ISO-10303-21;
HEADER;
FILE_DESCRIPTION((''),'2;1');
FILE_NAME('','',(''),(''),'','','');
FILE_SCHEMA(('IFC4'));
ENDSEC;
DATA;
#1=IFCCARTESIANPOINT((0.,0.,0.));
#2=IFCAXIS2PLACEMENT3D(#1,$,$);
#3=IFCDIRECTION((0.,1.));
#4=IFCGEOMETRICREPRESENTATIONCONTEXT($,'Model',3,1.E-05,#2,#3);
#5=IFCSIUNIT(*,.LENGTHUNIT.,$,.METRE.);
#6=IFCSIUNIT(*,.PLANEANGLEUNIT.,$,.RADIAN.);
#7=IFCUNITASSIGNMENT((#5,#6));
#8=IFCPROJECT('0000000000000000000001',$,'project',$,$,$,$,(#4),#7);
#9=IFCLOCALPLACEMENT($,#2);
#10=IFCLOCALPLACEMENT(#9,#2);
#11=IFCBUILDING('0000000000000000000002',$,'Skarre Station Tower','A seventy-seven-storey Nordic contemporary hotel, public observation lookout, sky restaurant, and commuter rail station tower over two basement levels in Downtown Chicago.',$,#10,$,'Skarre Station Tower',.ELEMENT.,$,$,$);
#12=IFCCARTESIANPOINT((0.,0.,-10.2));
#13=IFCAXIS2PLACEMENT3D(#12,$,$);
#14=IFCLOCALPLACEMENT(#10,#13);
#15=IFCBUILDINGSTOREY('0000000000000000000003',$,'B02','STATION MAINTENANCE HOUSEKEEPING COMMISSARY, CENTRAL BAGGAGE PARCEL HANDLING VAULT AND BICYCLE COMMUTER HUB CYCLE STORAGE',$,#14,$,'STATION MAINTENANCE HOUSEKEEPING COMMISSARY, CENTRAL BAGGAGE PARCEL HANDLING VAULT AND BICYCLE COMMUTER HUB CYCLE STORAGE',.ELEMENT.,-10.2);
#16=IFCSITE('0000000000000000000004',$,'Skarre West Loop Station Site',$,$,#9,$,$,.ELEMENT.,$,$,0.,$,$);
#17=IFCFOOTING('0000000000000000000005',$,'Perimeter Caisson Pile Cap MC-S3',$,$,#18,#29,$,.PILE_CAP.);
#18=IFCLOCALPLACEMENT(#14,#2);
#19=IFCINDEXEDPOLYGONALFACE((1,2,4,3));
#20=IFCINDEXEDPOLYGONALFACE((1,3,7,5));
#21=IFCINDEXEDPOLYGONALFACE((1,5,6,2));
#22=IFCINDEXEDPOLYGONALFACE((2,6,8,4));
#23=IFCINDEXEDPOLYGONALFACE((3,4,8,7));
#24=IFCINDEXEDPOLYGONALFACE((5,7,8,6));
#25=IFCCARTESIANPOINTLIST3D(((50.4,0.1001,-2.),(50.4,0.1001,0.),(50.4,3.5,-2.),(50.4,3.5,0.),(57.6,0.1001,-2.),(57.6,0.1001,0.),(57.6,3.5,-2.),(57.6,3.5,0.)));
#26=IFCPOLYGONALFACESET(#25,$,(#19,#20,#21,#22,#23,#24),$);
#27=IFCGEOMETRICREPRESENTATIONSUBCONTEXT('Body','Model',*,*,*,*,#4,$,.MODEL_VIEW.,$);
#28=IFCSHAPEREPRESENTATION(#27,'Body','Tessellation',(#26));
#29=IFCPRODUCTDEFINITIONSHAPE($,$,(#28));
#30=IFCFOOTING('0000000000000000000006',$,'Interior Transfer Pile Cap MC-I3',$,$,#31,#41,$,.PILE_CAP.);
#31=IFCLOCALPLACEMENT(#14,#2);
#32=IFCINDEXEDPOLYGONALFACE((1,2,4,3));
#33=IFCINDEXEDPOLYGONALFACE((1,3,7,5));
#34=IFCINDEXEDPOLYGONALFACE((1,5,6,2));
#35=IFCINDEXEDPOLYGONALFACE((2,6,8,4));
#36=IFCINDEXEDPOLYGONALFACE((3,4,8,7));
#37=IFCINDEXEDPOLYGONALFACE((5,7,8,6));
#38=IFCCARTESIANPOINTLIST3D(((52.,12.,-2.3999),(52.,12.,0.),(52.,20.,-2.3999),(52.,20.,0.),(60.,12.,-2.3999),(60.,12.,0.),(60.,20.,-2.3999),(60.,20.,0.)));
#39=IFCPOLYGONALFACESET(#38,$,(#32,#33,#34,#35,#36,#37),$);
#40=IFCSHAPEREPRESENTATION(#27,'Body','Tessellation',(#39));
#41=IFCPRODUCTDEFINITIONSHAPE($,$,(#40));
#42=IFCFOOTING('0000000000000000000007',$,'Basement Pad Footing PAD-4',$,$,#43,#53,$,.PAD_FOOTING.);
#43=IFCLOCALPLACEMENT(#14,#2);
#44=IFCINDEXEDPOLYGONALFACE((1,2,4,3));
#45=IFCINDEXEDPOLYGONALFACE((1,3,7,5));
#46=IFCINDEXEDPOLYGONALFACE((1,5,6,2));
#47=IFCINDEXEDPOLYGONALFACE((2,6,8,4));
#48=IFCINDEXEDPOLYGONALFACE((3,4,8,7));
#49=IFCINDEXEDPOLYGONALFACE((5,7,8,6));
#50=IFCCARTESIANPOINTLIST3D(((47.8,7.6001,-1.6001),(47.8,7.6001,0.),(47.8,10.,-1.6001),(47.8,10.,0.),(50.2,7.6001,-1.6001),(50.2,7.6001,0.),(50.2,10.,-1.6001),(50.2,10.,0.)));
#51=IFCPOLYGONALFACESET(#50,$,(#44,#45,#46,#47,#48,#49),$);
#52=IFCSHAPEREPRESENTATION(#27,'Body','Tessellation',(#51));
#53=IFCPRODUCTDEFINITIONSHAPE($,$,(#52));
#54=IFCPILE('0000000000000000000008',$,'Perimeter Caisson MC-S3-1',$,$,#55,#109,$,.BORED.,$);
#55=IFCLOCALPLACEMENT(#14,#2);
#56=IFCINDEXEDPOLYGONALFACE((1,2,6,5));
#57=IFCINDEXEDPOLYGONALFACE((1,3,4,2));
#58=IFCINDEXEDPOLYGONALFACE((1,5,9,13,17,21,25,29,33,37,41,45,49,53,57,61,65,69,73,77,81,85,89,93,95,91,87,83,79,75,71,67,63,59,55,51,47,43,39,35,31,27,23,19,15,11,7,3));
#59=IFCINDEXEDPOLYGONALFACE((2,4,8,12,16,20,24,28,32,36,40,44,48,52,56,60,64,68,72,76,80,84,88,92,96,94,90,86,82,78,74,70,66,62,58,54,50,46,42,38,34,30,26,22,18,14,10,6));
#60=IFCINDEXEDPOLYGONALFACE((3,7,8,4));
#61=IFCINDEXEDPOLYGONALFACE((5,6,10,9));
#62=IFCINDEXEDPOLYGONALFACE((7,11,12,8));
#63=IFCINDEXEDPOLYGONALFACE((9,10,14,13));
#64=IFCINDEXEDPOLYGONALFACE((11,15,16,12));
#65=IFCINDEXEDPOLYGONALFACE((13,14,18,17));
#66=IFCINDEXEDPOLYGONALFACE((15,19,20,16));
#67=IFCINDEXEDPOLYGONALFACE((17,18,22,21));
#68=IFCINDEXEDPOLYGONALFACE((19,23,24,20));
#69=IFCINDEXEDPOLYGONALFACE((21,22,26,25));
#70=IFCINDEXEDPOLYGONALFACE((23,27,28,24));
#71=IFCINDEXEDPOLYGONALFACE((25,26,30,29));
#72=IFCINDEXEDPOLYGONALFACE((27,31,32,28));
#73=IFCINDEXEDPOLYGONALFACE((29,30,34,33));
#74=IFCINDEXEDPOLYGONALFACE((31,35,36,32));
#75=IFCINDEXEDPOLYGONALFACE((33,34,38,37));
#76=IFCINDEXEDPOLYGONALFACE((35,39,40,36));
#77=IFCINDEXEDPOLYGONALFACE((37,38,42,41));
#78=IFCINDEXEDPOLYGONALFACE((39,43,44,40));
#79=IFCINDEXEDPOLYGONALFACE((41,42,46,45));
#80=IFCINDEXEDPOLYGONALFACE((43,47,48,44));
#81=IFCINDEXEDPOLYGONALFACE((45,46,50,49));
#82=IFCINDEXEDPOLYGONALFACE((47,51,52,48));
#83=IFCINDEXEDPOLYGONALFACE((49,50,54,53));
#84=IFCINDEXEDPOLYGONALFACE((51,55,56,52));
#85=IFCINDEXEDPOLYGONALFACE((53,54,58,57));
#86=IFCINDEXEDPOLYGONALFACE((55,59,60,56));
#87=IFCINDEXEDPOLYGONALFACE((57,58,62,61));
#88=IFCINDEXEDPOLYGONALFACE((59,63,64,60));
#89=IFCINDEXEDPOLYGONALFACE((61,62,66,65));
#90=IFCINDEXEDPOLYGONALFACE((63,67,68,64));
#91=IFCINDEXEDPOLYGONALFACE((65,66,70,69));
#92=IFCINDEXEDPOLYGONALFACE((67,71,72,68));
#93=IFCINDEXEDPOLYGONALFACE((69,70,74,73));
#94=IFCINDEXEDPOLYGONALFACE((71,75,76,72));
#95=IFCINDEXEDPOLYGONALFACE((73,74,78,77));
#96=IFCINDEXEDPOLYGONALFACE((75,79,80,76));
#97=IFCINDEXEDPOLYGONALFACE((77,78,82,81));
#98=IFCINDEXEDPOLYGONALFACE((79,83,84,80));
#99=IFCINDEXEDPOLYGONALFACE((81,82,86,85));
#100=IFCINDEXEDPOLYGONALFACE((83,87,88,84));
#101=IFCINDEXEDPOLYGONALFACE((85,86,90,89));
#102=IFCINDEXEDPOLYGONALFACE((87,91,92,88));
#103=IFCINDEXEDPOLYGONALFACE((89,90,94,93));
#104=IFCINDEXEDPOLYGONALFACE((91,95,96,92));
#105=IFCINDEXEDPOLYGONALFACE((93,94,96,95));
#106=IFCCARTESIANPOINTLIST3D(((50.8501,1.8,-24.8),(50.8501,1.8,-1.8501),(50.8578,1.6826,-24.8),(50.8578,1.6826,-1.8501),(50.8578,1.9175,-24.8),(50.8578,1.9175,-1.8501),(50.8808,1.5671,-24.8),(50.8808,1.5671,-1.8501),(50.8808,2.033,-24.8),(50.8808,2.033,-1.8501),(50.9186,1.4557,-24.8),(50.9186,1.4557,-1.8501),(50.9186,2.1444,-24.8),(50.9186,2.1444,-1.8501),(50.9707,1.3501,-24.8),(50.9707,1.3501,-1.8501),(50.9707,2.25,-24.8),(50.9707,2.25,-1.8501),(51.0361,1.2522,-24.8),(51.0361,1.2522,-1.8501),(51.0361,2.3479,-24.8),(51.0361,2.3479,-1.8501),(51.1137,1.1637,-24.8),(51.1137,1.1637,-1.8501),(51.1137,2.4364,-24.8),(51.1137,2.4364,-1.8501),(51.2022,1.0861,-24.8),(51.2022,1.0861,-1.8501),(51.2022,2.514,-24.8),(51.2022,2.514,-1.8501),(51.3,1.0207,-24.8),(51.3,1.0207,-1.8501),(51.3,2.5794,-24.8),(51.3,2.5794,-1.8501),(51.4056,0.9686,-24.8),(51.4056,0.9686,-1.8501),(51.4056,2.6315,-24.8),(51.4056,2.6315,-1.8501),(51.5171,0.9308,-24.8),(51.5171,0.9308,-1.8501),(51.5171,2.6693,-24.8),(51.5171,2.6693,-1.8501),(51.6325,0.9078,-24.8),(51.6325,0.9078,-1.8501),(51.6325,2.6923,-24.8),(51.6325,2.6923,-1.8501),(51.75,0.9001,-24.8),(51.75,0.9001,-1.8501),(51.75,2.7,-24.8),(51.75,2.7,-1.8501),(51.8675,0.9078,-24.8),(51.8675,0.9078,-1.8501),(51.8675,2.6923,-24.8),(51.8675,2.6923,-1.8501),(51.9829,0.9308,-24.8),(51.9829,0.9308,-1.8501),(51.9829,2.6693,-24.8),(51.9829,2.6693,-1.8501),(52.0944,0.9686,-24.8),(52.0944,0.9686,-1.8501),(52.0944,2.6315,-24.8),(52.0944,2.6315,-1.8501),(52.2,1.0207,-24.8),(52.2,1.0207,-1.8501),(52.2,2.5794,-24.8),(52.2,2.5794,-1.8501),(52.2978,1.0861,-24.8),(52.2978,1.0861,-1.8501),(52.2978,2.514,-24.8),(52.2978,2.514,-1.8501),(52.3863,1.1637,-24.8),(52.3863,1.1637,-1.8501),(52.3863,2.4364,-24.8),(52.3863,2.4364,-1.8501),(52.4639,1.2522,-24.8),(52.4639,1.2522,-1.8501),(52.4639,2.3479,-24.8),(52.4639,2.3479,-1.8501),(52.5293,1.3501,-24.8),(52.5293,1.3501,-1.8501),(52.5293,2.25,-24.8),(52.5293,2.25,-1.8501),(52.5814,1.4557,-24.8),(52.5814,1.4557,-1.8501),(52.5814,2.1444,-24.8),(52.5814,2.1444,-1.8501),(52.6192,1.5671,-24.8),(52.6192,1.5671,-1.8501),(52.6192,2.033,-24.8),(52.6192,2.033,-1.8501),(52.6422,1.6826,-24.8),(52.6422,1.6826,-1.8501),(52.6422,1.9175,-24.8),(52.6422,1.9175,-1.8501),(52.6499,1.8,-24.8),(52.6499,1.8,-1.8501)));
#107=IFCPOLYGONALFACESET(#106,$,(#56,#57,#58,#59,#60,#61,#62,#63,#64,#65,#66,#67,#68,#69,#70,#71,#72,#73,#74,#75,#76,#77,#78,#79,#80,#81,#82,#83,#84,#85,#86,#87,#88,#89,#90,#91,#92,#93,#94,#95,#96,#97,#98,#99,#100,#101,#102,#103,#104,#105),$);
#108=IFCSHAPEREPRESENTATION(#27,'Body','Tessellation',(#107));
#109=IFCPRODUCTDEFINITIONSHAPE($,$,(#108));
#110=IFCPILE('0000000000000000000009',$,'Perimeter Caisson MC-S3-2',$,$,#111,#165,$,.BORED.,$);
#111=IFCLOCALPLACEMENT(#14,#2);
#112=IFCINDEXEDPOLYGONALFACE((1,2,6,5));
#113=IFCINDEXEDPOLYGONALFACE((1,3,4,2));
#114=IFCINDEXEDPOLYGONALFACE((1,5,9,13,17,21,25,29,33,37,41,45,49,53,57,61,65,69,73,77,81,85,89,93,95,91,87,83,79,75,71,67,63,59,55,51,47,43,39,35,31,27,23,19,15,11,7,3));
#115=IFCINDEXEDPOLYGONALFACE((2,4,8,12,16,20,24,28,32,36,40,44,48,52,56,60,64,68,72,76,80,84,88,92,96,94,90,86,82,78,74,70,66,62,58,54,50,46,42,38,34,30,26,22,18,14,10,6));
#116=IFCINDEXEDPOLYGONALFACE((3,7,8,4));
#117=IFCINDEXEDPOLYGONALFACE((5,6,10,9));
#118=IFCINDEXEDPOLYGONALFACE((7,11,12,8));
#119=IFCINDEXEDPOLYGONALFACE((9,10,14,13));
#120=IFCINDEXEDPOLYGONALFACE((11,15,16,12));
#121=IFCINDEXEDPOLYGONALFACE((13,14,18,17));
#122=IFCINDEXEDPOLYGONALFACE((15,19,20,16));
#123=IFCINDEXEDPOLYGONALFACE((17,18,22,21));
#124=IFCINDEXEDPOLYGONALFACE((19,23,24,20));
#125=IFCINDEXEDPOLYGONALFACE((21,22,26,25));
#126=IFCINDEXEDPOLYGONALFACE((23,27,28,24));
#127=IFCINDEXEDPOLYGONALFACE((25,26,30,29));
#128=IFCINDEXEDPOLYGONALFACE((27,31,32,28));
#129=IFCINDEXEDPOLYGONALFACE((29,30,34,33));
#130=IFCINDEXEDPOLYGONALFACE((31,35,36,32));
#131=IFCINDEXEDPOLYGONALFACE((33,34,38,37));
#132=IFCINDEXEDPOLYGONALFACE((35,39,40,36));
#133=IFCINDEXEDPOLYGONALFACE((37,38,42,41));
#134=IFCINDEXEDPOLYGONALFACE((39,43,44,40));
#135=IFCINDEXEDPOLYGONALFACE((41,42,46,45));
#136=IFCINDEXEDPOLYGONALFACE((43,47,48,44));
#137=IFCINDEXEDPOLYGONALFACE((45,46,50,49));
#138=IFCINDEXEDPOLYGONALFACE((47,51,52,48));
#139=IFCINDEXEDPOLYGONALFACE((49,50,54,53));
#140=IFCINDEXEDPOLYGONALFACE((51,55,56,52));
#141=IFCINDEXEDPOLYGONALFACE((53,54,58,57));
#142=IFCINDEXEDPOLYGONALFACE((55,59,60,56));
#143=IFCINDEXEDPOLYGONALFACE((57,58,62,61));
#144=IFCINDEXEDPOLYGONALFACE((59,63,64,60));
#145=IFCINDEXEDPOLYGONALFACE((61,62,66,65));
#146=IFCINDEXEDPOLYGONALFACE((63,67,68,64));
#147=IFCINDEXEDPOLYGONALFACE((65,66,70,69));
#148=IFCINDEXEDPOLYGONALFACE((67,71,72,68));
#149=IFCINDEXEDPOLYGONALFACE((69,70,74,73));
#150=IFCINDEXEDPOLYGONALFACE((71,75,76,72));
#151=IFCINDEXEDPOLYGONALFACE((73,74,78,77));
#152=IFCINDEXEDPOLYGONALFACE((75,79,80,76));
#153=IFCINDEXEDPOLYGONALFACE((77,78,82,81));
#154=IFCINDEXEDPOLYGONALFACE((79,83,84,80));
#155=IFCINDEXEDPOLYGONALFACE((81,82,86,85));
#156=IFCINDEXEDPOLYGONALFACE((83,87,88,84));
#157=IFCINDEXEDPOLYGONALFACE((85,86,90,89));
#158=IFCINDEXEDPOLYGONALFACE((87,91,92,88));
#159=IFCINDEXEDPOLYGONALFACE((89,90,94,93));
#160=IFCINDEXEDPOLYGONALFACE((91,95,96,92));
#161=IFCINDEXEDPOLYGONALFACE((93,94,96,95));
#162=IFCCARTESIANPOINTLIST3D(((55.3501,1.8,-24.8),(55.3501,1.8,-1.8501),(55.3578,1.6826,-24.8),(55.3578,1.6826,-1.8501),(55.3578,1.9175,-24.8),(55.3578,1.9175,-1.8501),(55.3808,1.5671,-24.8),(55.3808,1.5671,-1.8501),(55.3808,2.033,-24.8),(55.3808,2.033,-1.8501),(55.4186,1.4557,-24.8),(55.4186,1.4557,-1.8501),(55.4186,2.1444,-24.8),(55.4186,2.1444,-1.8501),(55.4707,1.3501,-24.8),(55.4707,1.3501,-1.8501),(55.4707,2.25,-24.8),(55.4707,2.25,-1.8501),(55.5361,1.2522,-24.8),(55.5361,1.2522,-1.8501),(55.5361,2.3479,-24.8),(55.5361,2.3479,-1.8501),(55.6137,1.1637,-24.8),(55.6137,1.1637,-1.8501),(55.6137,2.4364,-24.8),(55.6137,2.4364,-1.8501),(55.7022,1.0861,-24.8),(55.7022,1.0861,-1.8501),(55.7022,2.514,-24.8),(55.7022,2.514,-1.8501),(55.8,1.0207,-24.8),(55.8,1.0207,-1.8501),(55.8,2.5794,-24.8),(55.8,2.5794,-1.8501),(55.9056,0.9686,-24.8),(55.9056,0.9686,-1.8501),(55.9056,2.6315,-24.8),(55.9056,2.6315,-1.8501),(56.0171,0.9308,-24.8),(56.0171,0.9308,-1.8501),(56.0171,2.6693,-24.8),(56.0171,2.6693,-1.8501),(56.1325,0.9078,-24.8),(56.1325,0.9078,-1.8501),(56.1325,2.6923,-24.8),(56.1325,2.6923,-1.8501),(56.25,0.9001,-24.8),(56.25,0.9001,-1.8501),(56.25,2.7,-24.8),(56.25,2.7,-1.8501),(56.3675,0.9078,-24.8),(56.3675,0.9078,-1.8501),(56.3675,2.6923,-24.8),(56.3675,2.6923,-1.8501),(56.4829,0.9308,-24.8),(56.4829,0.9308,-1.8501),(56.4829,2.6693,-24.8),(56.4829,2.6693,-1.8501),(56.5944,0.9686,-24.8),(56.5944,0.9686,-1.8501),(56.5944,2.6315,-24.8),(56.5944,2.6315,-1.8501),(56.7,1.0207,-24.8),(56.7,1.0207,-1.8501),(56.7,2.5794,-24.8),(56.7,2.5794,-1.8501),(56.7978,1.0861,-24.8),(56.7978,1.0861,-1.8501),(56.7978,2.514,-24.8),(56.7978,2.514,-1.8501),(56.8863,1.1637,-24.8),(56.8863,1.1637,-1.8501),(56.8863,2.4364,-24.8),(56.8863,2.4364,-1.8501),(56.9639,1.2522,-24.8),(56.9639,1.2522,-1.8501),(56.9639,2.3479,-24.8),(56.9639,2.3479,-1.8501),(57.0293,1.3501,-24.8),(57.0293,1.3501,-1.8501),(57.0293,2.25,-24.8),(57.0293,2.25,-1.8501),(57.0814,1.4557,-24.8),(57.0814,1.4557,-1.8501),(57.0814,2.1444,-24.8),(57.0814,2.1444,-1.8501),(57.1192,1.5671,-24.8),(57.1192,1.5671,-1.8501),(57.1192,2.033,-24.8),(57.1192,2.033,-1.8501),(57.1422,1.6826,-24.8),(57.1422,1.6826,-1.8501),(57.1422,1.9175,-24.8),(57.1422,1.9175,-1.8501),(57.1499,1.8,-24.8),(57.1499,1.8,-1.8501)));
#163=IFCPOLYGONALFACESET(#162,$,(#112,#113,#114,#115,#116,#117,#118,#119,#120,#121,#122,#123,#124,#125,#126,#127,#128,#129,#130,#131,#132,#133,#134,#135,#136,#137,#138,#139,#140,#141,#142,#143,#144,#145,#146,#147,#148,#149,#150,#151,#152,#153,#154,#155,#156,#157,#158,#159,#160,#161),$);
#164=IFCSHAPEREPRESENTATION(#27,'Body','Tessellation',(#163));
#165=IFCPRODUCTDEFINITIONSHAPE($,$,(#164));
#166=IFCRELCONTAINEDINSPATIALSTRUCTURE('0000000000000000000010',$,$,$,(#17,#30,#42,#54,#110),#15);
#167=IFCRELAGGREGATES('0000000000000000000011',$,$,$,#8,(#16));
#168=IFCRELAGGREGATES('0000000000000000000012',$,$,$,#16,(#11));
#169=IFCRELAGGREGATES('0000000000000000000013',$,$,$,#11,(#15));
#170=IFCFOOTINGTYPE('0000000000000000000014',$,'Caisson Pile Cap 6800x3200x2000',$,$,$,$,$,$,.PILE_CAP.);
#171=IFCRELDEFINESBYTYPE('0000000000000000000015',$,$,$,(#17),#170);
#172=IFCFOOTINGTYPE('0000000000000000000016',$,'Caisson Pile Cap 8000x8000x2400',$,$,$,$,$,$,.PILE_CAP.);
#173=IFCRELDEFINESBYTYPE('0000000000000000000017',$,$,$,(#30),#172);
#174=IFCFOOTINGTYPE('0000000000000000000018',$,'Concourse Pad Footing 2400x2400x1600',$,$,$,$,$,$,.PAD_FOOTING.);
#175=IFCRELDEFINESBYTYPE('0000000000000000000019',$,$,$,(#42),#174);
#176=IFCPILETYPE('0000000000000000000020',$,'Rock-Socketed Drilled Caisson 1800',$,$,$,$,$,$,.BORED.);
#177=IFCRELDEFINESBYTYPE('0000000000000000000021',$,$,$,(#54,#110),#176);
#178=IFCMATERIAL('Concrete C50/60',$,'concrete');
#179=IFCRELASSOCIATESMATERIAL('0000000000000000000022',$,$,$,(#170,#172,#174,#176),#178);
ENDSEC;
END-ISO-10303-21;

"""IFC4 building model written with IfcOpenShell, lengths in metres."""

from ifc_helpers import new_model, si_unit, direction, frame, origin, origin_2d, place, context, subcontext, project, spatial, rectangle, circle, extrude, material, material_profile, profile_set, type_object, element, save


model = new_model("IFC4")

# Units and contexts
model_context = context("Model", 3, precision=1e-05, world=origin(), true_north=direction((0.0, 1.0)))
body_context = subcontext(model_context, "Body", "Model", "MODEL_VIEW")
ifc_project = project(units=[si_unit("LENGTHUNIT", "METRE"), si_unit("PLANEANGLEUNIT", "RADIAN")], contexts=[model_context])

# Site, building, storey
site_placement = place(None, origin())
site = spatial("IfcSite", under=ifc_project, at=site_placement, Name="Skarre West Loop Station Site", CompositionType="ELEMENT", RefElevation=0.0)
building_placement = place(site_placement, origin())
building = spatial("IfcBuilding", under=site, at=building_placement, Name="Skarre Station Tower", Description="A seventy-seven-storey Nordic contemporary hotel, public observation lookout, sky restaurant, and commuter rail station tower over two basement levels in Downtown Chicago.", LongName="Skarre Station Tower", CompositionType="ELEMENT")
storey_placement = place(building_placement, frame((0.0, 0.0, -10.2)))
storey = spatial("IfcBuildingStorey", under=building, at=storey_placement, Name="B02", Description="STATION MAINTENANCE HOUSEKEEPING COMMISSARY, CENTRAL BAGGAGE PARCEL HANDLING VAULT AND BICYCLE COMMUTER HUB CYCLE STORAGE", LongName="STATION MAINTENANCE HOUSEKEEPING COMMISSARY, CENTRAL BAGGAGE PARCEL HANDLING VAULT AND BICYCLE COMMUTER HUB CYCLE STORAGE", CompositionType="ELEMENT", Elevation=-10.2)

# Footings
ifc_material_1 = material(Name="Concrete C50/60", Category="concrete")
footing_type_1 = type_object("IfcFootingType", Name="Caisson Pile Cap 6800x3200x2000", PredefinedType="PILE_CAP", material=ifc_material_1)
footing_1_placement = place(storey_placement, frame((54.0, 1.8, -2.0), z_axis=(0.0, 0.0, 1.0), x_axis=(1.0, 0.0, 0.0)))
element("IfcFooting", 1, at=footing_1_placement, inside=storey, type_object=footing_type_1, Name="Perimeter Caisson Pile Cap MC-S3", PredefinedType="PILE_CAP", context=body_context, shape_type="SweptSolid", body=[
    extrude(rectangle(XDim=7.2, YDim=3.3999, at=origin_2d()), origin(), (0.0, 0.0, 1.0), 2.0),
])
footing_type_2 = type_object("IfcFootingType", Name="Caisson Pile Cap 8000x8000x2400", PredefinedType="PILE_CAP", material=ifc_material_1)
footing_2_placement = place(storey_placement, frame((56.0, 16.0, -2.3999), z_axis=(0.0, 0.0, 1.0), x_axis=(1.0, 0.0, 0.0)))
element("IfcFooting", 2, at=footing_2_placement, inside=storey, type_object=footing_type_2, Name="Interior Transfer Pile Cap MC-I3", PredefinedType="PILE_CAP", context=body_context, shape_type="SweptSolid", body=[
    extrude(rectangle(XDim=8.0, YDim=8.0, at=origin_2d()), origin(), (0.0, 0.0, 1.0), 2.3999),
])
footing_type_3 = type_object("IfcFootingType", Name="Concourse Pad Footing 2400x2400x1600", PredefinedType="PAD_FOOTING", material=ifc_material_1)
footing_3_placement = place(storey_placement, frame((49.0, 8.8, -1.6001), z_axis=(0.0, 0.0, 1.0), x_axis=(1.0, 0.0, 0.0)))
element("IfcFooting", 3, at=footing_3_placement, inside=storey, type_object=footing_type_3, Name="Basement Pad Footing PAD-4", PredefinedType="PAD_FOOTING", context=body_context, shape_type="SweptSolid", body=[
    extrude(rectangle(XDim=2.3999, YDim=2.3999, at=origin_2d()), origin(), (0.0, 0.0, 1.0), 1.6001),
])

# Piles
ifc_material_profile_1 = material_profile(ifc_material_1, circle(Radius=0.8999, at=origin_2d()), Name="Concrete C50/60")
ifc_profile_set_1 = profile_set([ifc_material_profile_1], Name="Concrete C50/60")
pile_type_1 = type_object("IfcPileType", Name="Rock-Socketed Drilled Caisson 1800", PredefinedType="BORED", material=ifc_profile_set_1)
for number, where, z_axis, x_axis, name in (
    (4, (51.75, 1.8, -1.8501), (0.0, 0.0, -1.0), (1.0, 0.0, 0.0), "Perimeter Caisson MC-S3-1"),
    (5, (56.25, 1.8, -1.8501), (0.0, 0.0, -1.0), (1.0, 0.0, 0.0), "Perimeter Caisson MC-S3-2"),
):
    element("IfcPile", number, at=place(storey_placement, frame(where, z_axis=z_axis, x_axis=x_axis)), inside=storey, type_object=pile_type_1, Name=name, PredefinedType="BORED", context=body_context, shape_type="SweptSolid", body=[
        extrude(circle(Radius=0.8999, at=origin_2d()), origin(), (0.0, 0.0, 1.0), 22.95),
    ])

save(model, "model.ifc")
